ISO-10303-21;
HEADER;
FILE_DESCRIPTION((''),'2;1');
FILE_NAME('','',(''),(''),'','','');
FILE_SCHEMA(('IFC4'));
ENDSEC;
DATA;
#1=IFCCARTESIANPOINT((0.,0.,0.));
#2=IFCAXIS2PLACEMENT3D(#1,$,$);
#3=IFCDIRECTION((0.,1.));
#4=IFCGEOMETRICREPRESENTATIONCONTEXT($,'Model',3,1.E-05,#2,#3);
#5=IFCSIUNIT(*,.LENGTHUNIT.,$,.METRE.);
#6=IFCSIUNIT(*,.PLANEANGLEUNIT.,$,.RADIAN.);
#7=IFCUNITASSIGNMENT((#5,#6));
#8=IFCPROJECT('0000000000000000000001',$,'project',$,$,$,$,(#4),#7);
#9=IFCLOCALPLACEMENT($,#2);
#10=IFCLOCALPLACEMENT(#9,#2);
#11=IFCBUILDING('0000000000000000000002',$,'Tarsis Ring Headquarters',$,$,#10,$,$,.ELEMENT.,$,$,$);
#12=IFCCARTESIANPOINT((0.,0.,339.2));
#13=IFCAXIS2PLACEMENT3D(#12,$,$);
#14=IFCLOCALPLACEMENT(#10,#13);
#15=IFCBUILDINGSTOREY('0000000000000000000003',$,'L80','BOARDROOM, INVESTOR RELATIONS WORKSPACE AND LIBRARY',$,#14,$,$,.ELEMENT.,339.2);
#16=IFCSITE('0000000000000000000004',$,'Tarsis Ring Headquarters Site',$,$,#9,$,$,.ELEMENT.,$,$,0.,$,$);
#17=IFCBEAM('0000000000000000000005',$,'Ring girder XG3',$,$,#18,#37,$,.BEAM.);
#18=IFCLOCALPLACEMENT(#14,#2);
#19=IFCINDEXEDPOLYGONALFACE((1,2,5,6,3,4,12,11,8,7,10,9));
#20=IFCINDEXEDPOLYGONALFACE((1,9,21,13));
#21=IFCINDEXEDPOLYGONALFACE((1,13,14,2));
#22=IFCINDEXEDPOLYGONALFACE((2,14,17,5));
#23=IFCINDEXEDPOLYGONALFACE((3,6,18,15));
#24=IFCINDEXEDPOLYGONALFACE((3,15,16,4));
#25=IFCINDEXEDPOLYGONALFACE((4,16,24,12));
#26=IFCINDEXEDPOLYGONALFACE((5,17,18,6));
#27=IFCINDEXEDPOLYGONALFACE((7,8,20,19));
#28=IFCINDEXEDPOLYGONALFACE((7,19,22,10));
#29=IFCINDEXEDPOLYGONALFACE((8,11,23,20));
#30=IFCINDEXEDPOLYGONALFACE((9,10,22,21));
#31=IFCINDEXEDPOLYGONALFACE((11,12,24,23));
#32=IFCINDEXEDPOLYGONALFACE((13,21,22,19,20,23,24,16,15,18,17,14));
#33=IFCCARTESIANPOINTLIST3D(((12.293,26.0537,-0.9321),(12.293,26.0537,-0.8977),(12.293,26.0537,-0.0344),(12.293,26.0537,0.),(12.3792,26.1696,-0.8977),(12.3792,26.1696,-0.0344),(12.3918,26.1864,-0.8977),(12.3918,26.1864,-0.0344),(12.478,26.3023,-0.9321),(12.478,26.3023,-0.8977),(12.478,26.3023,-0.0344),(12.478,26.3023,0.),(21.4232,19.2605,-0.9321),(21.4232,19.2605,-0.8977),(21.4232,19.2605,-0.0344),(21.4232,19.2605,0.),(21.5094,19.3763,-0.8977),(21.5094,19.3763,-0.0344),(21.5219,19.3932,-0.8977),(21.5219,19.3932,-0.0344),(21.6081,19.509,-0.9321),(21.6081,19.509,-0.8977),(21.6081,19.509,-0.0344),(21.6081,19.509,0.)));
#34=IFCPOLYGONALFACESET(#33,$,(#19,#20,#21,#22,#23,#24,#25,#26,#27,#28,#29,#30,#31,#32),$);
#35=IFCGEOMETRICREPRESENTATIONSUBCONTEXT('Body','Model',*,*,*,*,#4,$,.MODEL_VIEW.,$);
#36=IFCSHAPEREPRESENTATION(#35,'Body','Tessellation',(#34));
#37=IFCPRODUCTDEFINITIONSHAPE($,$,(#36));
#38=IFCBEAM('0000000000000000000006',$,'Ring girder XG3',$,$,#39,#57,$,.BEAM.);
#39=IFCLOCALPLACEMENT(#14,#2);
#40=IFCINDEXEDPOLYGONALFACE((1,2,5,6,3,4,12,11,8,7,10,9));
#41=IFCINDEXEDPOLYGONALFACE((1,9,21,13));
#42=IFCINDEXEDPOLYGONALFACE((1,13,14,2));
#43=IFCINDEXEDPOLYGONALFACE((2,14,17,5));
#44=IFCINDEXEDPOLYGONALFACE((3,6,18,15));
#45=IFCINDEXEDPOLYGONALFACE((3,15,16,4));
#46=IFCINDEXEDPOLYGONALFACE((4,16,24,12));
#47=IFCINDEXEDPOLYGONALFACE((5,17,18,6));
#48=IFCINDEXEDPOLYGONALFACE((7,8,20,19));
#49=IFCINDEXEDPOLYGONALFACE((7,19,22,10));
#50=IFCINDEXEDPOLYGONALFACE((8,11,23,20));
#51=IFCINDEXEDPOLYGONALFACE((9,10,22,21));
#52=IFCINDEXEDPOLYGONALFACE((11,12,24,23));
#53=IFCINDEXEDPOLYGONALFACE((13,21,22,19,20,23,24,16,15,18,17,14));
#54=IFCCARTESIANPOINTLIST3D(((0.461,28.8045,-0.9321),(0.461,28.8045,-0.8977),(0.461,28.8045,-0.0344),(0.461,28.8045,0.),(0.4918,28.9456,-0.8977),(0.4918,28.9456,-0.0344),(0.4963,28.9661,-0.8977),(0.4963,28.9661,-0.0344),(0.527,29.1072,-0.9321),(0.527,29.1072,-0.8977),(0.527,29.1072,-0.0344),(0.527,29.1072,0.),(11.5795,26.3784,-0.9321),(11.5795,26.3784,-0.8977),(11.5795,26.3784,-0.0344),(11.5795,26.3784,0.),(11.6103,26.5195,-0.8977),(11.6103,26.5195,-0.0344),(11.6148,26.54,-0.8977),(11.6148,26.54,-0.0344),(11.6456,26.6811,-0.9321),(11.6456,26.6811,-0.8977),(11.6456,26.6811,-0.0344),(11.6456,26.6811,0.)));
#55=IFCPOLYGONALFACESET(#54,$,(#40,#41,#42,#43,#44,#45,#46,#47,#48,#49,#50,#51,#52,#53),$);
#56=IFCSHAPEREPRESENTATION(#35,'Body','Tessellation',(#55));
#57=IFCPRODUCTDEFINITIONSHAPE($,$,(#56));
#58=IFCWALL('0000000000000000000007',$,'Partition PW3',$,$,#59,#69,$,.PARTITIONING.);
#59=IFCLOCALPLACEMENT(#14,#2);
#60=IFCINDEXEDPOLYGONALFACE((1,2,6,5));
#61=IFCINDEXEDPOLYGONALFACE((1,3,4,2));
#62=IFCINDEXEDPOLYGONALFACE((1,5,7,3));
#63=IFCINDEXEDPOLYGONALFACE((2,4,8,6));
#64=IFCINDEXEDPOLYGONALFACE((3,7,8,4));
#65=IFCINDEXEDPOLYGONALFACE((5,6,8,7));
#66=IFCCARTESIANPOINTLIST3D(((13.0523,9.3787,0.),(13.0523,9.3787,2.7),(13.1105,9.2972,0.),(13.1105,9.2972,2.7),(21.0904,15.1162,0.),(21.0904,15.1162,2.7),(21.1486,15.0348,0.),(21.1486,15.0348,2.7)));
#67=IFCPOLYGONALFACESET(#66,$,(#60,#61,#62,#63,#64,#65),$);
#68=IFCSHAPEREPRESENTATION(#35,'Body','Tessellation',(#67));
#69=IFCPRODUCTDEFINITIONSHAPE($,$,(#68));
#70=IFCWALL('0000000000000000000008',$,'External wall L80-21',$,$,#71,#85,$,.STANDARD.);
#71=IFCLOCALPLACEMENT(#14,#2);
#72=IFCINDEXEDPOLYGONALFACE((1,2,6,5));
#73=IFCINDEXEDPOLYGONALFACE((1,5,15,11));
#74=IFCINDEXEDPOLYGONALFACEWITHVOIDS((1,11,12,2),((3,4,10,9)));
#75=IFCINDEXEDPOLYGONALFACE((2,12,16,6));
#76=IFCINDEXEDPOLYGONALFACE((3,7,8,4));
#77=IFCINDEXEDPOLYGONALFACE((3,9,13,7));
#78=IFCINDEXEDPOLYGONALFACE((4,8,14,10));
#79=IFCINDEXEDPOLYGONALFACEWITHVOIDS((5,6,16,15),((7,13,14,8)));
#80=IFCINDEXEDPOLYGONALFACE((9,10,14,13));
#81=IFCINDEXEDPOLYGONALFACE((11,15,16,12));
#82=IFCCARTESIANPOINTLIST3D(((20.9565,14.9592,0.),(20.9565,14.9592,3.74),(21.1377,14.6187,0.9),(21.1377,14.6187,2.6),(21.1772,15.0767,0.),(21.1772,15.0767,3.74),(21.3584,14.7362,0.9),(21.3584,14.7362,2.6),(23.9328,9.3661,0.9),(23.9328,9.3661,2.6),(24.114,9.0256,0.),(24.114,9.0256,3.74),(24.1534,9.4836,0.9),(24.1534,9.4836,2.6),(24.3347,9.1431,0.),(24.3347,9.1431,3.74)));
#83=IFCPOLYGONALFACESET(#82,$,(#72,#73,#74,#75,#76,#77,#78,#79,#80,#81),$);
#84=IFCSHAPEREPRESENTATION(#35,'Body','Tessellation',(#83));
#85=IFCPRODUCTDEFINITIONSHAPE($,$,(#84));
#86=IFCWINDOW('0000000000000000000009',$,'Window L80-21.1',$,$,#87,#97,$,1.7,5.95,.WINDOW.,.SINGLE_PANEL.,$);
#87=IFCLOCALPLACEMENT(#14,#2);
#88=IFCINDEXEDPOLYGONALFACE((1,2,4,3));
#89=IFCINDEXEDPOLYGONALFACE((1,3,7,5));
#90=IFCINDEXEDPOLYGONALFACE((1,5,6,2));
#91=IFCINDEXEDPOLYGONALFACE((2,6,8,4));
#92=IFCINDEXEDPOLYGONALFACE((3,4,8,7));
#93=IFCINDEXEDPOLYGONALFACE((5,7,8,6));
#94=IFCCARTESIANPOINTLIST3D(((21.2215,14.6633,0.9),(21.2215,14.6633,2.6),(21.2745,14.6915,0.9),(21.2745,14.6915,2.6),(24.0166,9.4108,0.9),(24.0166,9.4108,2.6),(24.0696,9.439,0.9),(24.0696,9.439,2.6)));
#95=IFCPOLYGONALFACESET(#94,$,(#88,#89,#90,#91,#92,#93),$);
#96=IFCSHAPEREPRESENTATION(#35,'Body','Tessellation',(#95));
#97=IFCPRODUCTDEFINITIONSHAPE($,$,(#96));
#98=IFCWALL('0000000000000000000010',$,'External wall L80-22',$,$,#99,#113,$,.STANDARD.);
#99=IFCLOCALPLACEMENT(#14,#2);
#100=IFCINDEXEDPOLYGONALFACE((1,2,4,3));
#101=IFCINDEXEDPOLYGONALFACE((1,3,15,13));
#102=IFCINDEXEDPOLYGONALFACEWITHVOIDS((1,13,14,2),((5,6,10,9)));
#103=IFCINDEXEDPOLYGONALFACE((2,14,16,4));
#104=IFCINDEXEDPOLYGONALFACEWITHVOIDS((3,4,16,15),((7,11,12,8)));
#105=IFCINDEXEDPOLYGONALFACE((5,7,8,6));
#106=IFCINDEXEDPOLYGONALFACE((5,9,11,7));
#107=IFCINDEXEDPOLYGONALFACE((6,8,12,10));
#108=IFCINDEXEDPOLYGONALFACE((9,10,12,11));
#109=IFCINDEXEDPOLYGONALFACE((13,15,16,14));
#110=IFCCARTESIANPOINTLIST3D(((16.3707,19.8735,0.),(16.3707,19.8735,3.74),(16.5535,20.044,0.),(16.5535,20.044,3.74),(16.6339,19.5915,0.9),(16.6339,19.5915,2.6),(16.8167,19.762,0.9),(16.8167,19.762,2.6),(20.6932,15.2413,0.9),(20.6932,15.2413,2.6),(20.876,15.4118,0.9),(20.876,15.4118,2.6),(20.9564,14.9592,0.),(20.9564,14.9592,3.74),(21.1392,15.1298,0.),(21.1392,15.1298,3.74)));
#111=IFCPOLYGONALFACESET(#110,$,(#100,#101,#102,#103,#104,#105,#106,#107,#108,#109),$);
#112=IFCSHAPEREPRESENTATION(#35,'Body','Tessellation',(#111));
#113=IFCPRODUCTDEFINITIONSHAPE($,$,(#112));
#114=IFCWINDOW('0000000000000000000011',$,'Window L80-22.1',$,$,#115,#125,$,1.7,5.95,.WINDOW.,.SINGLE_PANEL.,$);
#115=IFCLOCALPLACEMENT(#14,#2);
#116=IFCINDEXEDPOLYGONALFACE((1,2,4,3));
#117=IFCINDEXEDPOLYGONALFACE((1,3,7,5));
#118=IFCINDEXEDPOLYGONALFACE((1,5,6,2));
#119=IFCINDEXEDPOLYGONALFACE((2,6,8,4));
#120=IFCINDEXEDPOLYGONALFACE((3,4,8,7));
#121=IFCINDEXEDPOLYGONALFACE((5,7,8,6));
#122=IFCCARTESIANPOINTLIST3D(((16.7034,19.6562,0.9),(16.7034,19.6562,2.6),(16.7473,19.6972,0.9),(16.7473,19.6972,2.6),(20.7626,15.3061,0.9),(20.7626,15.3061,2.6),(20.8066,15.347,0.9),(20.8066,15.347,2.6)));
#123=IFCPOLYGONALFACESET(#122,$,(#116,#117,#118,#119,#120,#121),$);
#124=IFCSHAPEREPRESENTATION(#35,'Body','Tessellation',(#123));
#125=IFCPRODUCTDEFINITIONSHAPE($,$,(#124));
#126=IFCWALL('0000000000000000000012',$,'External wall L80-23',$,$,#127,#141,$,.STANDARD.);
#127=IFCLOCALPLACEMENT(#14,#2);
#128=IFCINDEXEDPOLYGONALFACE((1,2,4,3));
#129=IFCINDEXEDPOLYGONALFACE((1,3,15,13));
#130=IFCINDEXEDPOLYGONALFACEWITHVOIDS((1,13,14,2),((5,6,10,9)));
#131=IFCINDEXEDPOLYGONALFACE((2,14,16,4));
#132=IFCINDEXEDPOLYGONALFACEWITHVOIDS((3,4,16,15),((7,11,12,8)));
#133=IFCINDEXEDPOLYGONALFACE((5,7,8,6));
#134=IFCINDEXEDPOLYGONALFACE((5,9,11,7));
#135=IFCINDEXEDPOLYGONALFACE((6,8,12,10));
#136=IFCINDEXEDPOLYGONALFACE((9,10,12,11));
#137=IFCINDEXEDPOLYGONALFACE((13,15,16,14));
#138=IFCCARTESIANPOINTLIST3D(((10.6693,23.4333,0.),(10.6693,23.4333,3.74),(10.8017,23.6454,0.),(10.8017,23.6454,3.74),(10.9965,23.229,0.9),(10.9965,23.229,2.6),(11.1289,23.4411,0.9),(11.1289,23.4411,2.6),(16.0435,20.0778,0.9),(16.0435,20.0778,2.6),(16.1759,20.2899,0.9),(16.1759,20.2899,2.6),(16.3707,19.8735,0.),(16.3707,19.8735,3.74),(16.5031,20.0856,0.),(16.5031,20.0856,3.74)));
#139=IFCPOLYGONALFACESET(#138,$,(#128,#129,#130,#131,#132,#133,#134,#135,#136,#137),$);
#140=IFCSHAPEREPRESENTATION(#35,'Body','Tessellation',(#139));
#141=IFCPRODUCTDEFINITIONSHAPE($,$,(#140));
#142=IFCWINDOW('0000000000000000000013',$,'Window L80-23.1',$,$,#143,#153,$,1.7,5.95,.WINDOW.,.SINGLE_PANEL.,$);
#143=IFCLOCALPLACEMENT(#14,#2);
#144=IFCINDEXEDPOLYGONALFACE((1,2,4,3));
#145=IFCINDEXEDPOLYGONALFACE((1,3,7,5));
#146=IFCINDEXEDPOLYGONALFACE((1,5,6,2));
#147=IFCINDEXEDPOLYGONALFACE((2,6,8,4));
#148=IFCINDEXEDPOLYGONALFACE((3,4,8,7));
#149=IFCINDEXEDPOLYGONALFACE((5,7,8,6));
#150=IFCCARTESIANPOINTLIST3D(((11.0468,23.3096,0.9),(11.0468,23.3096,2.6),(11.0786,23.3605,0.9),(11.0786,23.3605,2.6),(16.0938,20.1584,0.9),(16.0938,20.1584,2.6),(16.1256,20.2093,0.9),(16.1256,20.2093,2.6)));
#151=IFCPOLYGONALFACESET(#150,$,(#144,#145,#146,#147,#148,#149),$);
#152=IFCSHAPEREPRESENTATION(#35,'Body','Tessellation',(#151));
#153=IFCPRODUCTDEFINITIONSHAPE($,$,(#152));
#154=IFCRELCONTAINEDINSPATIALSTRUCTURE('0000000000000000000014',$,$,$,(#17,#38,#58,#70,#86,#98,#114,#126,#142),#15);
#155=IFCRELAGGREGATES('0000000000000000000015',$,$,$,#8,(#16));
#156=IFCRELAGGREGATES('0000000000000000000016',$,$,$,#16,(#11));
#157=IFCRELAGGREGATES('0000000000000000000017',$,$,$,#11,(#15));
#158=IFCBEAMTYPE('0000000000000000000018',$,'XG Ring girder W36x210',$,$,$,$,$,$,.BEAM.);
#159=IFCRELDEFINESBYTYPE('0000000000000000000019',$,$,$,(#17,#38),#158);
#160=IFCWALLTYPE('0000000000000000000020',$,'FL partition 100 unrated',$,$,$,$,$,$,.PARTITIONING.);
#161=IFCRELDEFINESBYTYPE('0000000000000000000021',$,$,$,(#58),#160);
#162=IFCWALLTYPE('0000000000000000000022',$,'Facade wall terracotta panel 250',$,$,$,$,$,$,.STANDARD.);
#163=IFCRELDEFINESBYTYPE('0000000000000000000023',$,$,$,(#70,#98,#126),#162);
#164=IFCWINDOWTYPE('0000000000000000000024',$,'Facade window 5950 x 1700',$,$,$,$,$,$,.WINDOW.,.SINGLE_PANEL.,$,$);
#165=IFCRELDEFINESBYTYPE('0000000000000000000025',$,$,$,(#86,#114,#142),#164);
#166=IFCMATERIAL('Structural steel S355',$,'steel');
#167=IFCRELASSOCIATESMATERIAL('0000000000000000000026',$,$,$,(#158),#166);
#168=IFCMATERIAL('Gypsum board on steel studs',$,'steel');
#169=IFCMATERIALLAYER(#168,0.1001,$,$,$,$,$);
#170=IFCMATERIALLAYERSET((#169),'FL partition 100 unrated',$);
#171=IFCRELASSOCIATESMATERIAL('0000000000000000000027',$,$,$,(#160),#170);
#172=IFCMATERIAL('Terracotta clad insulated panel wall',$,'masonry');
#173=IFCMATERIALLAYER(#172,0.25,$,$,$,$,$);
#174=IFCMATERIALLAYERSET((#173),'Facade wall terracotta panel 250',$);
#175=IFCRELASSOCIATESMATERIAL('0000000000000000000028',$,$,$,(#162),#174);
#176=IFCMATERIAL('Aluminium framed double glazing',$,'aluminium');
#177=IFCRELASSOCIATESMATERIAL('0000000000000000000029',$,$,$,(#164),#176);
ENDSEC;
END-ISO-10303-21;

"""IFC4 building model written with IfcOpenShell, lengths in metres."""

from ifc_helpers import new_model, si_unit, direction, frame, frame_2d, origin, origin_2d, place, context, subcontext, project, spatial, rectangle, i_section, extrude, material, layer, layer_set, material_profile, profile_set, type_object, element, fill, save


model = new_model("IFC4")

# Units and contexts
model_context = context("Model", 3, precision=1e-05, world=origin(), true_north=direction((0.0, 1.0)))
body_context = subcontext(model_context, "Body", "Model", "MODEL_VIEW")
ifc_project = project(units=[si_unit("LENGTHUNIT", "METRE"), si_unit("PLANEANGLEUNIT", "RADIAN")], contexts=[model_context])

# Site, building, storey
site_placement = place(None, origin())
site = spatial("IfcSite", under=ifc_project, at=site_placement, Name="Tarsis Ring Headquarters Site", CompositionType="ELEMENT", RefElevation=0.0)
building_placement = place(site_placement, origin())
building = spatial("IfcBuilding", under=site, at=building_placement, Name="Tarsis Ring Headquarters", CompositionType="ELEMENT")
storey_placement = place(building_placement, frame((0.0, 0.0, 339.2)))
storey = spatial("IfcBuildingStorey", under=building, at=storey_placement, Name="L80", Description="BOARDROOM, INVESTOR RELATIONS WORKSPACE AND LIBRARY", CompositionType="ELEMENT", Elevation=339.2)

# Shared definitions
ifc_material_1 = material(Name="Structural steel S355", Category="steel")

# Beams
ifc_material_profile_1 = material_profile(ifc_material_1, i_section(OverallWidth=0.3098, OverallDepth=0.9321, WebThickness=0.021, FlangeThickness=0.0344, at=origin_2d()), Name="W36x210")
ifc_profile_set_1 = profile_set([ifc_material_profile_1], Name="Structural steel S355")
beam_type_1 = type_object("IfcBeamType", Name="XG Ring girder W36x210", PredefinedType="BEAM", material=ifc_profile_set_1)
for number, where, z_axis, x_axis, name in (
    (1, (21.5156, 19.3848, -0.4661), (-0.802288, 0.596937, 0.0), (-0.596937, -0.802288, 0.0), "Ring girder XG3"),
    (2, (11.6125, 26.5298, -0.4661), (-0.977012, 0.213183, 0.0), (-0.213183, -0.977012, 0.0), "Ring girder XG3"),
):
    element("IfcBeam", number, at=place(storey_placement, frame(where, z_axis=z_axis, x_axis=x_axis)), inside=storey, type_object=beam_type_1, Name=name, PredefinedType="BEAM", context=body_context, shape_type="SweptSolid", body=[
        extrude(i_section(OverallWidth=0.3098, OverallDepth=0.9321, WebThickness=0.021, FlangeThickness=0.0344, at=origin_2d()), origin(), (0.0, 0.0, 1.0), 11.3801),
    ])

# Wall
ifc_material_2 = material(Name="Gypsum board on steel studs", Category="steel")
ifc_layer_1 = layer(ifc_material_2, 0.1001)
ifc_layer_set_1 = layer_set([ifc_layer_1], Name="FL partition 100 unrated")
wall_type_1 = type_object("IfcWallType", Name="FL partition 100 unrated", PredefinedType="PARTITIONING", material=ifc_layer_set_1)
wall_1_placement = place(storey_placement, frame((13.0813, 9.3379, 0.0), z_axis=(0.0, 0.0, 1.0), x_axis=(0.813922, 0.580974, 0.0)))
element("IfcWall", 3, at=wall_1_placement, inside=storey, type_object=wall_type_1, Name="Partition PW3", PredefinedType="PARTITIONING", context=body_context, shape_type="SweptSolid", body=[
    extrude(rectangle(XDim=9.8757, YDim=0.1001, at=frame_2d((4.938, 0.0))), origin(), (0.0, 0.0, 1.0), 2.7),
])

# Walls, openings, windows
ifc_material_3 = material(Name="Terracotta clad insulated panel wall", Category="masonry")
ifc_layer_2 = layer(ifc_material_3, 0.25)
ifc_layer_set_2 = layer_set([ifc_layer_2], Name="Facade wall terracotta panel 250")
wall_type_2 = type_object("IfcWallType", Name="Facade wall terracotta panel 250", PredefinedType="STANDARD", material=ifc_layer_set_2)
wall_2_placement = place(storey_placement, frame((24.2244, 9.0842, 0.0), z_axis=(0.0, 0.0, 1.0), x_axis=(-0.469764, 0.882792, 0.0)))
wall_2 = element("IfcWall", 4, at=wall_2_placement, inside=storey, type_object=wall_type_2, Name="External wall L80-21", PredefinedType="STANDARD", context=body_context, shape_type="SweptSolid", body=[
    extrude(rectangle(XDim=6.7214, YDim=0.25, at=frame_2d((3.3608, 0.0))), origin(), (0.0, 0.0, 1.0), 3.74),
])
opening_1_placement = place(wall_2_placement, frame((0.3857, 0.0, 0.8999)))
opening_1 = element("IfcOpeningElement", 5, at=opening_1_placement, cuts=wall_2, PredefinedType="OPENING", context=body_context, shape_type="SweptSolid", body=[
    extrude(rectangle(XDim=5.95, YDim=1.7, at=frame_2d((2.9751, 0.8501))), frame((0.0, 0.135, 0.0), z_axis=(0.0, -1.0, 0.0), x_axis=(1.0, 0.0, 0.0)), (0.0, 0.0, 1.0), 0.27),
])
ifc_material_4 = material(Name="Aluminium framed double glazing", Category="aluminium")
window_type = type_object("IfcWindowType", Name="Facade window 5950 x 1700", PartitioningType="SINGLE_PANEL", PredefinedType="WINDOW", material=ifc_material_4)
window_1_placement = place(opening_1_placement, origin())
window_1 = element("IfcWindow", 6, at=window_1_placement, inside=storey, type_object=window_type, Name="Window L80-21.1", OverallHeight=1.7, OverallWidth=5.95, PartitioningType="SINGLE_PANEL", PredefinedType="WINDOW", context=body_context, shape_type="SweptSolid", body=[
    extrude(rectangle(XDim=5.95, YDim=1.7, at=frame_2d((2.9751, 0.8501))), frame((0.0, 0.03, 0.0), z_axis=(0.0, -1.0, 0.0), x_axis=(1.0, 0.0, 0.0)), (0.0, 0.0, 1.0), 0.0601),
])
fill(opening_1, window_1)
wall_3_placement = place(storey_placement, frame((21.0479, 15.0444, 0.0), z_axis=(0.0, 0.0, 1.0), x_axis=(-0.682239, 0.731129, 0.0)))
wall_3 = element("IfcWall", 7, at=wall_3_placement, inside=storey, type_object=wall_type_2, Name="External wall L80-22", PredefinedType="STANDARD", context=body_context, shape_type="SweptSolid", body=[
    extrude(rectangle(XDim=6.7214, YDim=0.25, at=frame_2d((3.3608, 0.0))), origin(), (0.0, 0.0, 1.0), 3.74),
])
opening_2_placement = place(wall_3_placement, frame((0.3857, 0.0, 0.8999)))
opening_2 = element("IfcOpeningElement", 8, at=opening_2_placement, cuts=wall_3, PredefinedType="OPENING", context=body_context, shape_type="SweptSolid", body=[
    extrude(rectangle(XDim=5.95, YDim=1.7, at=frame_2d((2.9751, 0.8501))), frame((0.0, 0.135, 0.0), z_axis=(0.0, -1.0, 0.0), x_axis=(1.0, 0.0, 0.0)), (0.0, 0.0, 1.0), 0.27),
])
window_2_placement = place(opening_2_placement, origin())
window_2 = element("IfcWindow", 9, at=window_2_placement, inside=storey, type_object=window_type, Name="Window L80-22.1", OverallHeight=1.7, OverallWidth=5.95, PartitioningType="SINGLE_PANEL", PredefinedType="WINDOW", context=body_context, shape_type="SweptSolid", body=[
    extrude(rectangle(XDim=5.95, YDim=1.7, at=frame_2d((2.9751, 0.8501))), frame((0.0, 0.03, 0.0), z_axis=(0.0, -1.0, 0.0), x_axis=(1.0, 0.0, 0.0)), (0.0, 0.0, 1.0), 0.0601),
])
fill(opening_2, window_2)
wall_4_placement = place(storey_placement, frame((16.437, 19.9795, 0.0), z_axis=(0.0, 0.0, 1.0), x_axis=(-0.848237, 0.529617, 0.0)))
wall_4 = element("IfcWall", 10, at=wall_4_placement, inside=storey, type_object=wall_type_2, Name="External wall L80-23", PredefinedType="STANDARD", context=body_context, shape_type="SweptSolid", body=[
    extrude(rectangle(XDim=6.7214, YDim=0.25, at=frame_2d((3.3608, 0.0))), origin(), (0.0, 0.0, 1.0), 3.74),
])
opening_3_placement = place(wall_4_placement, frame((0.3857, 0.0, 0.8999)))
opening_3 = element("IfcOpeningElement", 11, at=opening_3_placement, cuts=wall_4, PredefinedType="OPENING", context=body_context, shape_type="SweptSolid", body=[
    extrude(rectangle(XDim=5.95, YDim=1.7, at=frame_2d((2.9751, 0.8501))), frame((0.0, 0.135, 0.0), z_axis=(0.0, -1.0, 0.0), x_axis=(1.0, 0.0, 0.0)), (0.0, 0.0, 1.0), 0.27),
])
window_3_placement = place(opening_3_placement, origin())
window_3 = element("IfcWindow", 12, at=window_3_placement, inside=storey, type_object=window_type, Name="Window L80-23.1", OverallHeight=1.7, OverallWidth=5.95, PartitioningType="SINGLE_PANEL", PredefinedType="WINDOW", context=body_context, shape_type="SweptSolid", body=[
    extrude(rectangle(XDim=5.95, YDim=1.7, at=frame_2d((2.9751, 0.8501))), frame((0.0, 0.03, 0.0), z_axis=(0.0, -1.0, 0.0), x_axis=(1.0, 0.0, 0.0)), (0.0, 0.0, 1.0), 0.0601),
])
fill(opening_3, window_3)

save(model, "model.ifc")
